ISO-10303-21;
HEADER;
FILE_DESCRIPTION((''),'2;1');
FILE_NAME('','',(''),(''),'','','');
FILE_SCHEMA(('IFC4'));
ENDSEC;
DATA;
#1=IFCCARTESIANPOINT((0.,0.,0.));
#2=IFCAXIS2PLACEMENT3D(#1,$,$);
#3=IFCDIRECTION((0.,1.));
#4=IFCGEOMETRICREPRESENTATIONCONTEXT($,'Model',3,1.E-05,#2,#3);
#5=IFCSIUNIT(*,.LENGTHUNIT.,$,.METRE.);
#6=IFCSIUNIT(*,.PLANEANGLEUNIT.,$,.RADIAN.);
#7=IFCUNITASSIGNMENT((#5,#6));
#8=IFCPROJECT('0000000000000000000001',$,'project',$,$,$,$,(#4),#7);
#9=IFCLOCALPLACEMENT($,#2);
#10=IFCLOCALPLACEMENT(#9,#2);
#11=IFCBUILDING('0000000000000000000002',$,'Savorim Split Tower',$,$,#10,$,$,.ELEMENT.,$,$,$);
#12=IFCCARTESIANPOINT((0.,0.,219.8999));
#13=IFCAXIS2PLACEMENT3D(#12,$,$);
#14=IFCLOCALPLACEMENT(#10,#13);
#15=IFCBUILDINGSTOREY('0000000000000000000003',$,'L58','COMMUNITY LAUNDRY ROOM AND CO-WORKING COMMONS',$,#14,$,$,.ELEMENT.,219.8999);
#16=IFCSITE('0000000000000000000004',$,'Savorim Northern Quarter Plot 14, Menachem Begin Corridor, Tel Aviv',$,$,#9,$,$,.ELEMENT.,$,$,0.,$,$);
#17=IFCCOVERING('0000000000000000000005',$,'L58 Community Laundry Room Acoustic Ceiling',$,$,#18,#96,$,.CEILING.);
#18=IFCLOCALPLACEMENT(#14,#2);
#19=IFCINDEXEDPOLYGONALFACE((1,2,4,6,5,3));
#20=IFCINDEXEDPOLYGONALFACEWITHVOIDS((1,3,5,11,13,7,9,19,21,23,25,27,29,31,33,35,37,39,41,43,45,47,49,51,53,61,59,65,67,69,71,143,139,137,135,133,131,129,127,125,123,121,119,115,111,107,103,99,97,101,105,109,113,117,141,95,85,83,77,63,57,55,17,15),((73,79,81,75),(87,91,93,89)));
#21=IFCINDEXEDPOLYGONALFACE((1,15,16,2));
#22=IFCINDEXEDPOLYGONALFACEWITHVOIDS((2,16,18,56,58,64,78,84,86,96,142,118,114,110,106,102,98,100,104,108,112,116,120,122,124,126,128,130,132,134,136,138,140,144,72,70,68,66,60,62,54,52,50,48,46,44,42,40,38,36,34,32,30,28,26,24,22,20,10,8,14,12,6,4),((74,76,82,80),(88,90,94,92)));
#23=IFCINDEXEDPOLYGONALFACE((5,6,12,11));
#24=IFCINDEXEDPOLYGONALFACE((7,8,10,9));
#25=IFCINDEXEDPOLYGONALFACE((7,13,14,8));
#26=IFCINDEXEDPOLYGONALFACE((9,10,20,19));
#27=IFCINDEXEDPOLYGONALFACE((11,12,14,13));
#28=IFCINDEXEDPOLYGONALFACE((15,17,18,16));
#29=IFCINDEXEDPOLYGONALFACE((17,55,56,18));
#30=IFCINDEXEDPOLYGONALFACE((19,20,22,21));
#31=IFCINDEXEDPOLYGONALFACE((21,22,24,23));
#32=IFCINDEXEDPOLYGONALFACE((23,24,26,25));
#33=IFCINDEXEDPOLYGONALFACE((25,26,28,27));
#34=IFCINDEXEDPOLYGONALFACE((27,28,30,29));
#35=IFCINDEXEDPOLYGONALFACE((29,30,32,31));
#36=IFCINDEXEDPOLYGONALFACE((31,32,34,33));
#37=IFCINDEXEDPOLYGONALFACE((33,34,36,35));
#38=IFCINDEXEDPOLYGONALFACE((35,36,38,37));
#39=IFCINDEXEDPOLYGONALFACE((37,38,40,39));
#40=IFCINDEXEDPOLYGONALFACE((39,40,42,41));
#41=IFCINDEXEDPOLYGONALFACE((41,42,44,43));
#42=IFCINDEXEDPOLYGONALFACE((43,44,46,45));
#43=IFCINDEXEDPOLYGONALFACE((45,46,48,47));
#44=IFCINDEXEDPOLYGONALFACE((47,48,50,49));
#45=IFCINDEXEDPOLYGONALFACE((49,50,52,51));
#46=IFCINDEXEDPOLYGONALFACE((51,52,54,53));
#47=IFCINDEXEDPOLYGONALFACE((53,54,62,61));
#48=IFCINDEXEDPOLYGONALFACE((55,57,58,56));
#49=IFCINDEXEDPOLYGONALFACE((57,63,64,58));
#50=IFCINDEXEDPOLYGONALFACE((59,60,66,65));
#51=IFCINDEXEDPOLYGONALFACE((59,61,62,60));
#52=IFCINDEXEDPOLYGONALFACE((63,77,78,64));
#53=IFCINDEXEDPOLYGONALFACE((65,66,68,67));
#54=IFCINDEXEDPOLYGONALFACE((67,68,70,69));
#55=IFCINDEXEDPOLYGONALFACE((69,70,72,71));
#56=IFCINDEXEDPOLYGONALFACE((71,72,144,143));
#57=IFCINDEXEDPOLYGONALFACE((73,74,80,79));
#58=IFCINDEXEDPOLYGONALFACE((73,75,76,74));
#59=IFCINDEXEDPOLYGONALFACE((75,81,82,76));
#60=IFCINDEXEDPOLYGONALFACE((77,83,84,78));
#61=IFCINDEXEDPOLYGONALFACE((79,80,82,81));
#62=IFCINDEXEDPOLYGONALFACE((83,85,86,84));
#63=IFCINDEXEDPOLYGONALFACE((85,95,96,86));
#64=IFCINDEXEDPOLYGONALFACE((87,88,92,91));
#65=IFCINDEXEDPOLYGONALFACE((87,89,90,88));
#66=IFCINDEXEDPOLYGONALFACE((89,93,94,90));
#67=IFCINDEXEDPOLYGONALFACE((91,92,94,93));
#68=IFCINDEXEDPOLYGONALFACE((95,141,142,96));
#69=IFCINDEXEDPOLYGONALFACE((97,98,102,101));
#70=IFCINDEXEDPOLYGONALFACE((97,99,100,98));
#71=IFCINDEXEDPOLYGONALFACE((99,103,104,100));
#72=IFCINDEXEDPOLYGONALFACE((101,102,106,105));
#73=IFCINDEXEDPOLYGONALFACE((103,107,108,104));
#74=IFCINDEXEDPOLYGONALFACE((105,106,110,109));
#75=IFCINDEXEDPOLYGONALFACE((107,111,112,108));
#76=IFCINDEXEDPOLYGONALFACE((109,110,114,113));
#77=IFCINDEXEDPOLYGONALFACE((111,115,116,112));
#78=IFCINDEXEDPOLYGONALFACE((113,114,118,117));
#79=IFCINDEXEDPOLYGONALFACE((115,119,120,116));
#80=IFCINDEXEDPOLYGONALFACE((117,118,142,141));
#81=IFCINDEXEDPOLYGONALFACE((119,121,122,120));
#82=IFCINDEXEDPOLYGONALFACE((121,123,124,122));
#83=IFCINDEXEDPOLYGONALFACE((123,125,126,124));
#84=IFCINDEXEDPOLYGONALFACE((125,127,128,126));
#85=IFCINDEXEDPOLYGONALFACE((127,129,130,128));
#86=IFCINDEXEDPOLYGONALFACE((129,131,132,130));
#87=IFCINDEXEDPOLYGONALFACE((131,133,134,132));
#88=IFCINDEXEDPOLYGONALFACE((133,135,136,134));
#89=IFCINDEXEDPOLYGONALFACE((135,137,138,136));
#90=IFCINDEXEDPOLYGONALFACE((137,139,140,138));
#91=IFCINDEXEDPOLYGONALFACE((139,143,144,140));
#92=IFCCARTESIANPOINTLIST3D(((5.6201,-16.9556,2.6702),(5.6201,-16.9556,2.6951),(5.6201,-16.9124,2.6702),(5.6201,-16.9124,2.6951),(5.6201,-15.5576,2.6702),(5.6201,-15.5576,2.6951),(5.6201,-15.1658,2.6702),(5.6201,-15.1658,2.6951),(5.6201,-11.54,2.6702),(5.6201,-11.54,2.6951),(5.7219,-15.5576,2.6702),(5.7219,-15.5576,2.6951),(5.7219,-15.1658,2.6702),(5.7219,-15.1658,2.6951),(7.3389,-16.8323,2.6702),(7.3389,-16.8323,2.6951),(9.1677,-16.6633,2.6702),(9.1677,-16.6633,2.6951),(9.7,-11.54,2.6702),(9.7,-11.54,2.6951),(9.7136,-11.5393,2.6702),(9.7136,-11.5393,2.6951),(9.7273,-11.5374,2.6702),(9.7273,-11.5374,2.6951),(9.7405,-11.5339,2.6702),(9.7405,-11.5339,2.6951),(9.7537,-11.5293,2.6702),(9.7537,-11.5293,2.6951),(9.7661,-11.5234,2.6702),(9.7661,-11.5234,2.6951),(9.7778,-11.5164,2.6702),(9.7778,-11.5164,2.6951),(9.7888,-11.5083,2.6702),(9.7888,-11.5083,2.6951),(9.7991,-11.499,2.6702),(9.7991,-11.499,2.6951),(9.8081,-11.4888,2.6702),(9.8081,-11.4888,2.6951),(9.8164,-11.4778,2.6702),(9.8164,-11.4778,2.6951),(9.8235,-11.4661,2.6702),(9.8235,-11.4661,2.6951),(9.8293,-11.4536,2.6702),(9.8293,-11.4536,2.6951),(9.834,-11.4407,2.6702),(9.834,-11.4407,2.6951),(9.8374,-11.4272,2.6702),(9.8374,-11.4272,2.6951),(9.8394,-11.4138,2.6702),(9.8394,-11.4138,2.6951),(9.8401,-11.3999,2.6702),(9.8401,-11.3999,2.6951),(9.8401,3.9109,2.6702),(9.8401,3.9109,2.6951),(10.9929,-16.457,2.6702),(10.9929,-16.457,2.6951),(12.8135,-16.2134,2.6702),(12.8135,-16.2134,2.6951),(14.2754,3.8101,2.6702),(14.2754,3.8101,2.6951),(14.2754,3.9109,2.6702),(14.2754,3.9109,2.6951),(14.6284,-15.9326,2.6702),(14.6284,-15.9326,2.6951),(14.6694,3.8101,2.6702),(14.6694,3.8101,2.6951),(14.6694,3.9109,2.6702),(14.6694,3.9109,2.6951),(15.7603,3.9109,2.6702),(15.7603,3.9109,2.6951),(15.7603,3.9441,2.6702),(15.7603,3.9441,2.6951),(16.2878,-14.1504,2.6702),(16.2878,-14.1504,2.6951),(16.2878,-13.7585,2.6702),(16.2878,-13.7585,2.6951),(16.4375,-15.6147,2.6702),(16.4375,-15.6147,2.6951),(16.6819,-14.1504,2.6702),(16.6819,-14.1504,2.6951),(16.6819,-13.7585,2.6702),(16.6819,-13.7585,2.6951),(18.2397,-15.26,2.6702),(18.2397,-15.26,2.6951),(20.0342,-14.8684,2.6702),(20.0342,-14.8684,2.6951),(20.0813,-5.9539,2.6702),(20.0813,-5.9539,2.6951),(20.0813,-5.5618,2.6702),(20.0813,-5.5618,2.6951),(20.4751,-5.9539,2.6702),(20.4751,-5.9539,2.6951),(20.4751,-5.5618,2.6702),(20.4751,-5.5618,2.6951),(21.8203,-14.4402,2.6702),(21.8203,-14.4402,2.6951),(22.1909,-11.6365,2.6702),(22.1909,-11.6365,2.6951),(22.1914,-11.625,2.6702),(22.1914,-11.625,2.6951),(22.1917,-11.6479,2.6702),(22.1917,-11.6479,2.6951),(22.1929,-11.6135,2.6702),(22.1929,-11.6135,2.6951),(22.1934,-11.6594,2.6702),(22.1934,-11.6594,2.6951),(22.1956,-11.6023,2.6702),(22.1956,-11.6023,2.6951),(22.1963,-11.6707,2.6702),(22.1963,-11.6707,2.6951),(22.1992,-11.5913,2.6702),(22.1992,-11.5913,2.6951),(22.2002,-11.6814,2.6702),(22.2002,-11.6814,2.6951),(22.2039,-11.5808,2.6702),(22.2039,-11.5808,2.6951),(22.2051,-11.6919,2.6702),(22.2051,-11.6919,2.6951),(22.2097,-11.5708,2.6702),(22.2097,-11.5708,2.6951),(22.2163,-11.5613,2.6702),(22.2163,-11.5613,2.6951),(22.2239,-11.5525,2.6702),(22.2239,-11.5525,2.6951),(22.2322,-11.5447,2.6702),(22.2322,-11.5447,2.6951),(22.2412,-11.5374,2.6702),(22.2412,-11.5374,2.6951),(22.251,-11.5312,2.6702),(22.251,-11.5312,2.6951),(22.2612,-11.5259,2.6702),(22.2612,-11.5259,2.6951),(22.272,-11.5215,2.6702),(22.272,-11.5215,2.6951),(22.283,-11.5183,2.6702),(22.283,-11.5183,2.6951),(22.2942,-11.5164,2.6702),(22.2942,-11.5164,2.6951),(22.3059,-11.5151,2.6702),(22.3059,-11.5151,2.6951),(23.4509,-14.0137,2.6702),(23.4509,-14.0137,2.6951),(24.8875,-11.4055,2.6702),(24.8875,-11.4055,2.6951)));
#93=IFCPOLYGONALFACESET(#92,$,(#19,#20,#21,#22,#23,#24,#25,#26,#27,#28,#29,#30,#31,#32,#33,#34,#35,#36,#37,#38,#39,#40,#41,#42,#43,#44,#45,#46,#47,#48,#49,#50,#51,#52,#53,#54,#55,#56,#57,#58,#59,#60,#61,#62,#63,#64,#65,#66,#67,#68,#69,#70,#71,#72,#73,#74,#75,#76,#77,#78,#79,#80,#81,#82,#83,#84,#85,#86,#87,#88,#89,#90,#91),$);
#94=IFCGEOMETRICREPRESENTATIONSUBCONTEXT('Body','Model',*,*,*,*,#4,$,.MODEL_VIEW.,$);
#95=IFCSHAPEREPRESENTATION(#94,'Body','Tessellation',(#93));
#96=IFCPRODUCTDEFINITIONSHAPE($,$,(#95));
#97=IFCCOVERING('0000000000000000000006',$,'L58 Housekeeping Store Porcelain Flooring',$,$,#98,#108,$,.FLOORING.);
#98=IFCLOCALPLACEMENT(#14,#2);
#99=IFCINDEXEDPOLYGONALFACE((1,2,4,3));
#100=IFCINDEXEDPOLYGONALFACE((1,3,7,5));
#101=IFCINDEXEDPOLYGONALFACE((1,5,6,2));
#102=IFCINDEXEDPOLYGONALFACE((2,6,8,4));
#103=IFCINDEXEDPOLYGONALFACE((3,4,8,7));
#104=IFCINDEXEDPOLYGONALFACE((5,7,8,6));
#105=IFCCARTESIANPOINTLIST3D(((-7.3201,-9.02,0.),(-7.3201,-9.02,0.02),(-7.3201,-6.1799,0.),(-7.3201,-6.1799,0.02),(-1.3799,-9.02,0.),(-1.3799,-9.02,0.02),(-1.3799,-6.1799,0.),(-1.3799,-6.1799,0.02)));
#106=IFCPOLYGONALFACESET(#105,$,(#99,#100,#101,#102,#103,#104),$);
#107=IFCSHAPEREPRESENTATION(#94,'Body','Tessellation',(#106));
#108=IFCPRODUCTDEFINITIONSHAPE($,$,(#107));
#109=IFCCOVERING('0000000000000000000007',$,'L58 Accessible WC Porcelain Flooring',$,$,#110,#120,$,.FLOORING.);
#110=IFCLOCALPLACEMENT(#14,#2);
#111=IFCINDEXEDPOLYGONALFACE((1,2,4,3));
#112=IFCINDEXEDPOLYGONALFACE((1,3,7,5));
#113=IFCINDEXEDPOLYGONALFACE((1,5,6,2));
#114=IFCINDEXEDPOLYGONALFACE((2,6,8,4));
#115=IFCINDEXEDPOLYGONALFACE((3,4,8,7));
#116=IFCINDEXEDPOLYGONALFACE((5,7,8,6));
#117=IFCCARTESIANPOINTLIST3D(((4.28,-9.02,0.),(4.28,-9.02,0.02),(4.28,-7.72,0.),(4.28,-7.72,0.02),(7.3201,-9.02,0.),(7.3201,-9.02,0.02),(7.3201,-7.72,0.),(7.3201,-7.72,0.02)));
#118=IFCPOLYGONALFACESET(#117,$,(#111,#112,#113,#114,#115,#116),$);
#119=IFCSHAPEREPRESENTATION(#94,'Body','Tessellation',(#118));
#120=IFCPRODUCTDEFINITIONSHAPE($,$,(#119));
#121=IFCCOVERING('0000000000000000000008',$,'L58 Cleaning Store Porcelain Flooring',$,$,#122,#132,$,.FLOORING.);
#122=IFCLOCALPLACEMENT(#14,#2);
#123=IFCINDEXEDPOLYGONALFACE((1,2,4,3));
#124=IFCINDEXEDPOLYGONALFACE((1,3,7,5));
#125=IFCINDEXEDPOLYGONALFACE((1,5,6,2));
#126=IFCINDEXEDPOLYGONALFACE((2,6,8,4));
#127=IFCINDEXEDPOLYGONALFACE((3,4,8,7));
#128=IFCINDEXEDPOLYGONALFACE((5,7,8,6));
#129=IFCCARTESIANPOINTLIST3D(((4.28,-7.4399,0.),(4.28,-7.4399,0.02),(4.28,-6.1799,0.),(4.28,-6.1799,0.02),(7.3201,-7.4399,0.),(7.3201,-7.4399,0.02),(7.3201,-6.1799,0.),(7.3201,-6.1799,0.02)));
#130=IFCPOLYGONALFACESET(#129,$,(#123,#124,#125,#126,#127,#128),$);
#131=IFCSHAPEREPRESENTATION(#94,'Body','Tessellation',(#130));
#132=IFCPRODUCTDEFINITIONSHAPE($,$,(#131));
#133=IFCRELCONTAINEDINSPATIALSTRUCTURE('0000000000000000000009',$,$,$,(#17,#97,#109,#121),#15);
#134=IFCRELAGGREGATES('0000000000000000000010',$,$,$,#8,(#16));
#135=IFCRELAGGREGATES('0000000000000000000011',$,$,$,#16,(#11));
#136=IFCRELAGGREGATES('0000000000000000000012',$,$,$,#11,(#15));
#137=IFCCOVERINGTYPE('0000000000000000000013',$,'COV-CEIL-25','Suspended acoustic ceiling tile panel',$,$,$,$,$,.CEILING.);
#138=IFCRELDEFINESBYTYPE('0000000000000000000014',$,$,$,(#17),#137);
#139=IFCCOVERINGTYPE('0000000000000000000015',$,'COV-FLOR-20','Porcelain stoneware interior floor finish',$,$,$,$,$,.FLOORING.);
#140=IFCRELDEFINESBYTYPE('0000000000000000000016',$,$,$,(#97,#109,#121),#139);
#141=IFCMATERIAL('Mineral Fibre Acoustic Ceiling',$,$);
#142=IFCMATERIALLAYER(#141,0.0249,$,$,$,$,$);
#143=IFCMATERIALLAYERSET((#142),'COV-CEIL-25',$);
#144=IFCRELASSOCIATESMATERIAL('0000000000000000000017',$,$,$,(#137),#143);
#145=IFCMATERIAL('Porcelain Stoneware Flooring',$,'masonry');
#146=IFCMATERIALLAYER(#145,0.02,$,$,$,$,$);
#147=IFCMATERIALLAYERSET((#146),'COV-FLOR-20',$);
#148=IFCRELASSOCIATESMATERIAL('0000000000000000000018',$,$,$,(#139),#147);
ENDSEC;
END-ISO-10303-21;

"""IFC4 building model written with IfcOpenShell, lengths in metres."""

from ifc_helpers import new_model, si_unit, direction, frame, origin, place, context, subcontext, project, spatial, polyline, outline, extrude, material, layer, layer_set, type_object, element, save


model = new_model("IFC4")

# Units and contexts
model_context = context("Model", 3, precision=1e-05, world=origin(), true_north=direction((0.0, 1.0)))
body_context = subcontext(model_context, "Body", "Model", "MODEL_VIEW")
ifc_project = project(units=[si_unit("LENGTHUNIT", "METRE"), si_unit("PLANEANGLEUNIT", "RADIAN")], contexts=[model_context])

# Site, building, storey
site_placement = place(None, origin())
site = spatial("IfcSite", under=ifc_project, at=site_placement, Name="Savorim Northern Quarter Plot 14, Menachem Begin Corridor, Tel Aviv", CompositionType="ELEMENT", RefElevation=0.0)
building_placement = place(site_placement, origin())
building = spatial("IfcBuilding", under=site, at=building_placement, Name="Savorim Split Tower", CompositionType="ELEMENT")
storey_placement = place(building_placement, frame((0.0, 0.0, 219.8999)))
storey = spatial("IfcBuildingStorey", under=building, at=storey_placement, Name="L58", Description="COMMUNITY LAUNDRY ROOM AND CO-WORKING COMMONS", CompositionType="ELEMENT", Elevation=219.8999)

# Coverings
ifc_material_1 = material(Name="Mineral Fibre Acoustic Ceiling")
ifc_layer_1 = layer(ifc_material_1, 0.0249)
ifc_layer_set_1 = layer_set([ifc_layer_1], Name="COV-CEIL-25")
covering_type_1 = type_object("IfcCoveringType", Name="COV-CEIL-25", Description="Suspended acoustic ceiling tile panel", PredefinedType="CEILING", material=ifc_layer_set_1)
covering_1_placement = place(storey_placement, frame((0.0, 0.0, 2.6702)))
element("IfcCovering", 1, at=covering_1_placement, inside=storey, type_object=covering_type_1, Name="L58 Community Laundry Room Acoustic Ceiling", PredefinedType="CEILING", context=body_context, shape_type="SweptSolid", body=[
    extrude(outline(polyline([(22.283, -11.5183), (22.2942, -11.5164), (22.3059, -11.5151), (24.8875, -11.4055), (15.7603, 3.9441), (15.7603, 3.9109), (14.6694, 3.9109), (14.6694, 3.8101), (14.2754, 3.8101), (14.2754, 3.9109), (9.8401, 3.9109), (9.8401, -11.3999), (9.8394, -11.4138), (9.8374, -11.4272), (9.834, -11.4407), (9.8293, -11.4536), (9.8235, -11.4661), (9.8164, -11.4778), (9.8081, -11.4888), (9.7991, -11.499), (9.7888, -11.5083), (9.7778, -11.5164), (9.7661, -11.5234), (9.7537, -11.5293), (9.7405, -11.5339), (9.7273, -11.5374), (9.7136, -11.5393), (9.7, -11.54), (5.6201, -11.54), (5.6201, -15.1658), (5.7219, -15.1658), (5.7219, -15.5576), (5.6201, -15.5576), (5.6201, -16.9124), (5.6201, -16.9556), (7.3389, -16.8323), (9.1677, -16.6633), (10.9929, -16.457), (12.8135, -16.2134), (14.6284, -15.9326), (16.4375, -15.6147), (18.2397, -15.26), (20.0342, -14.8684), (21.8203, -14.4402), (23.4509, -14.0137), (22.2051, -11.6919), (22.2002, -11.6814), (22.1963, -11.6707), (22.1934, -11.6594), (22.1917, -11.6479), (22.1909, -11.6365), (22.1914, -11.625), (22.1929, -11.6135), (22.1956, -11.6023), (22.1992, -11.5913), (22.2039, -11.5808), (22.2097, -11.5708), (22.2163, -11.5613), (22.2239, -11.5525), (22.2322, -11.5447), (22.2412, -11.5374), (22.251, -11.5312), (22.2612, -11.5259), (22.272, -11.5215), (22.283, -11.5183)]), holes=[polyline([(16.6819, -14.1504), (16.6819, -13.7585), (16.2878, -13.7585), (16.2878, -14.1504), (16.6819, -14.1504)]), polyline([(20.4751, -5.9539), (20.4751, -5.5618), (20.0813, -5.5618), (20.0813, -5.9539), (20.4751, -5.9539)])]), origin(), (0.0, 0.0, 1.0), 0.0249),
])
ifc_material_2 = material(Name="Porcelain Stoneware Flooring", Category="masonry")
ifc_layer_2 = layer(ifc_material_2, 0.02)
ifc_layer_set_2 = layer_set([ifc_layer_2], Name="COV-FLOR-20")
covering_type_2 = type_object("IfcCoveringType", Name="COV-FLOR-20", Description="Porcelain stoneware interior floor finish", PredefinedType="FLOORING", material=ifc_layer_set_2)
covering_2_placement = place(storey_placement, origin())
element("IfcCovering", 2, at=covering_2_placement, inside=storey, type_object=covering_type_2, Name="L58 Housekeeping Store Porcelain Flooring", PredefinedType="FLOORING", context=body_context, shape_type="SweptSolid", body=[
    extrude(outline(polyline([(-7.3201, -6.1799), (-7.3201, -9.02), (-1.3799, -9.02), (-1.3799, -6.1799), (-7.3201, -6.1799)])), origin(), (0.0, 0.0, 1.0), 0.02),
])
covering_3_placement = place(storey_placement, origin())
element("IfcCovering", 3, at=covering_3_placement, inside=storey, type_object=covering_type_2, Name="L58 Accessible WC Porcelain Flooring", PredefinedType="FLOORING", context=body_context, shape_type="SweptSolid", body=[
    extrude(outline(polyline([(4.28, -7.72), (4.28, -9.02), (7.3201, -9.02), (7.3201, -7.72), (4.28, -7.72)])), origin(), (0.0, 0.0, 1.0), 0.02),
])
covering_4_placement = place(storey_placement, origin())
element("IfcCovering", 4, at=covering_4_placement, inside=storey, type_object=covering_type_2, Name="L58 Cleaning Store Porcelain Flooring", PredefinedType="FLOORING", context=body_context, shape_type="SweptSolid", body=[
    extrude(outline(polyline([(4.28, -6.1799), (4.28, -7.4399), (7.3201, -7.4399), (7.3201, -6.1799), (4.28, -6.1799)])), origin(), (0.0, 0.0, 1.0), 0.02),
])

save(model, "model.ifc")
